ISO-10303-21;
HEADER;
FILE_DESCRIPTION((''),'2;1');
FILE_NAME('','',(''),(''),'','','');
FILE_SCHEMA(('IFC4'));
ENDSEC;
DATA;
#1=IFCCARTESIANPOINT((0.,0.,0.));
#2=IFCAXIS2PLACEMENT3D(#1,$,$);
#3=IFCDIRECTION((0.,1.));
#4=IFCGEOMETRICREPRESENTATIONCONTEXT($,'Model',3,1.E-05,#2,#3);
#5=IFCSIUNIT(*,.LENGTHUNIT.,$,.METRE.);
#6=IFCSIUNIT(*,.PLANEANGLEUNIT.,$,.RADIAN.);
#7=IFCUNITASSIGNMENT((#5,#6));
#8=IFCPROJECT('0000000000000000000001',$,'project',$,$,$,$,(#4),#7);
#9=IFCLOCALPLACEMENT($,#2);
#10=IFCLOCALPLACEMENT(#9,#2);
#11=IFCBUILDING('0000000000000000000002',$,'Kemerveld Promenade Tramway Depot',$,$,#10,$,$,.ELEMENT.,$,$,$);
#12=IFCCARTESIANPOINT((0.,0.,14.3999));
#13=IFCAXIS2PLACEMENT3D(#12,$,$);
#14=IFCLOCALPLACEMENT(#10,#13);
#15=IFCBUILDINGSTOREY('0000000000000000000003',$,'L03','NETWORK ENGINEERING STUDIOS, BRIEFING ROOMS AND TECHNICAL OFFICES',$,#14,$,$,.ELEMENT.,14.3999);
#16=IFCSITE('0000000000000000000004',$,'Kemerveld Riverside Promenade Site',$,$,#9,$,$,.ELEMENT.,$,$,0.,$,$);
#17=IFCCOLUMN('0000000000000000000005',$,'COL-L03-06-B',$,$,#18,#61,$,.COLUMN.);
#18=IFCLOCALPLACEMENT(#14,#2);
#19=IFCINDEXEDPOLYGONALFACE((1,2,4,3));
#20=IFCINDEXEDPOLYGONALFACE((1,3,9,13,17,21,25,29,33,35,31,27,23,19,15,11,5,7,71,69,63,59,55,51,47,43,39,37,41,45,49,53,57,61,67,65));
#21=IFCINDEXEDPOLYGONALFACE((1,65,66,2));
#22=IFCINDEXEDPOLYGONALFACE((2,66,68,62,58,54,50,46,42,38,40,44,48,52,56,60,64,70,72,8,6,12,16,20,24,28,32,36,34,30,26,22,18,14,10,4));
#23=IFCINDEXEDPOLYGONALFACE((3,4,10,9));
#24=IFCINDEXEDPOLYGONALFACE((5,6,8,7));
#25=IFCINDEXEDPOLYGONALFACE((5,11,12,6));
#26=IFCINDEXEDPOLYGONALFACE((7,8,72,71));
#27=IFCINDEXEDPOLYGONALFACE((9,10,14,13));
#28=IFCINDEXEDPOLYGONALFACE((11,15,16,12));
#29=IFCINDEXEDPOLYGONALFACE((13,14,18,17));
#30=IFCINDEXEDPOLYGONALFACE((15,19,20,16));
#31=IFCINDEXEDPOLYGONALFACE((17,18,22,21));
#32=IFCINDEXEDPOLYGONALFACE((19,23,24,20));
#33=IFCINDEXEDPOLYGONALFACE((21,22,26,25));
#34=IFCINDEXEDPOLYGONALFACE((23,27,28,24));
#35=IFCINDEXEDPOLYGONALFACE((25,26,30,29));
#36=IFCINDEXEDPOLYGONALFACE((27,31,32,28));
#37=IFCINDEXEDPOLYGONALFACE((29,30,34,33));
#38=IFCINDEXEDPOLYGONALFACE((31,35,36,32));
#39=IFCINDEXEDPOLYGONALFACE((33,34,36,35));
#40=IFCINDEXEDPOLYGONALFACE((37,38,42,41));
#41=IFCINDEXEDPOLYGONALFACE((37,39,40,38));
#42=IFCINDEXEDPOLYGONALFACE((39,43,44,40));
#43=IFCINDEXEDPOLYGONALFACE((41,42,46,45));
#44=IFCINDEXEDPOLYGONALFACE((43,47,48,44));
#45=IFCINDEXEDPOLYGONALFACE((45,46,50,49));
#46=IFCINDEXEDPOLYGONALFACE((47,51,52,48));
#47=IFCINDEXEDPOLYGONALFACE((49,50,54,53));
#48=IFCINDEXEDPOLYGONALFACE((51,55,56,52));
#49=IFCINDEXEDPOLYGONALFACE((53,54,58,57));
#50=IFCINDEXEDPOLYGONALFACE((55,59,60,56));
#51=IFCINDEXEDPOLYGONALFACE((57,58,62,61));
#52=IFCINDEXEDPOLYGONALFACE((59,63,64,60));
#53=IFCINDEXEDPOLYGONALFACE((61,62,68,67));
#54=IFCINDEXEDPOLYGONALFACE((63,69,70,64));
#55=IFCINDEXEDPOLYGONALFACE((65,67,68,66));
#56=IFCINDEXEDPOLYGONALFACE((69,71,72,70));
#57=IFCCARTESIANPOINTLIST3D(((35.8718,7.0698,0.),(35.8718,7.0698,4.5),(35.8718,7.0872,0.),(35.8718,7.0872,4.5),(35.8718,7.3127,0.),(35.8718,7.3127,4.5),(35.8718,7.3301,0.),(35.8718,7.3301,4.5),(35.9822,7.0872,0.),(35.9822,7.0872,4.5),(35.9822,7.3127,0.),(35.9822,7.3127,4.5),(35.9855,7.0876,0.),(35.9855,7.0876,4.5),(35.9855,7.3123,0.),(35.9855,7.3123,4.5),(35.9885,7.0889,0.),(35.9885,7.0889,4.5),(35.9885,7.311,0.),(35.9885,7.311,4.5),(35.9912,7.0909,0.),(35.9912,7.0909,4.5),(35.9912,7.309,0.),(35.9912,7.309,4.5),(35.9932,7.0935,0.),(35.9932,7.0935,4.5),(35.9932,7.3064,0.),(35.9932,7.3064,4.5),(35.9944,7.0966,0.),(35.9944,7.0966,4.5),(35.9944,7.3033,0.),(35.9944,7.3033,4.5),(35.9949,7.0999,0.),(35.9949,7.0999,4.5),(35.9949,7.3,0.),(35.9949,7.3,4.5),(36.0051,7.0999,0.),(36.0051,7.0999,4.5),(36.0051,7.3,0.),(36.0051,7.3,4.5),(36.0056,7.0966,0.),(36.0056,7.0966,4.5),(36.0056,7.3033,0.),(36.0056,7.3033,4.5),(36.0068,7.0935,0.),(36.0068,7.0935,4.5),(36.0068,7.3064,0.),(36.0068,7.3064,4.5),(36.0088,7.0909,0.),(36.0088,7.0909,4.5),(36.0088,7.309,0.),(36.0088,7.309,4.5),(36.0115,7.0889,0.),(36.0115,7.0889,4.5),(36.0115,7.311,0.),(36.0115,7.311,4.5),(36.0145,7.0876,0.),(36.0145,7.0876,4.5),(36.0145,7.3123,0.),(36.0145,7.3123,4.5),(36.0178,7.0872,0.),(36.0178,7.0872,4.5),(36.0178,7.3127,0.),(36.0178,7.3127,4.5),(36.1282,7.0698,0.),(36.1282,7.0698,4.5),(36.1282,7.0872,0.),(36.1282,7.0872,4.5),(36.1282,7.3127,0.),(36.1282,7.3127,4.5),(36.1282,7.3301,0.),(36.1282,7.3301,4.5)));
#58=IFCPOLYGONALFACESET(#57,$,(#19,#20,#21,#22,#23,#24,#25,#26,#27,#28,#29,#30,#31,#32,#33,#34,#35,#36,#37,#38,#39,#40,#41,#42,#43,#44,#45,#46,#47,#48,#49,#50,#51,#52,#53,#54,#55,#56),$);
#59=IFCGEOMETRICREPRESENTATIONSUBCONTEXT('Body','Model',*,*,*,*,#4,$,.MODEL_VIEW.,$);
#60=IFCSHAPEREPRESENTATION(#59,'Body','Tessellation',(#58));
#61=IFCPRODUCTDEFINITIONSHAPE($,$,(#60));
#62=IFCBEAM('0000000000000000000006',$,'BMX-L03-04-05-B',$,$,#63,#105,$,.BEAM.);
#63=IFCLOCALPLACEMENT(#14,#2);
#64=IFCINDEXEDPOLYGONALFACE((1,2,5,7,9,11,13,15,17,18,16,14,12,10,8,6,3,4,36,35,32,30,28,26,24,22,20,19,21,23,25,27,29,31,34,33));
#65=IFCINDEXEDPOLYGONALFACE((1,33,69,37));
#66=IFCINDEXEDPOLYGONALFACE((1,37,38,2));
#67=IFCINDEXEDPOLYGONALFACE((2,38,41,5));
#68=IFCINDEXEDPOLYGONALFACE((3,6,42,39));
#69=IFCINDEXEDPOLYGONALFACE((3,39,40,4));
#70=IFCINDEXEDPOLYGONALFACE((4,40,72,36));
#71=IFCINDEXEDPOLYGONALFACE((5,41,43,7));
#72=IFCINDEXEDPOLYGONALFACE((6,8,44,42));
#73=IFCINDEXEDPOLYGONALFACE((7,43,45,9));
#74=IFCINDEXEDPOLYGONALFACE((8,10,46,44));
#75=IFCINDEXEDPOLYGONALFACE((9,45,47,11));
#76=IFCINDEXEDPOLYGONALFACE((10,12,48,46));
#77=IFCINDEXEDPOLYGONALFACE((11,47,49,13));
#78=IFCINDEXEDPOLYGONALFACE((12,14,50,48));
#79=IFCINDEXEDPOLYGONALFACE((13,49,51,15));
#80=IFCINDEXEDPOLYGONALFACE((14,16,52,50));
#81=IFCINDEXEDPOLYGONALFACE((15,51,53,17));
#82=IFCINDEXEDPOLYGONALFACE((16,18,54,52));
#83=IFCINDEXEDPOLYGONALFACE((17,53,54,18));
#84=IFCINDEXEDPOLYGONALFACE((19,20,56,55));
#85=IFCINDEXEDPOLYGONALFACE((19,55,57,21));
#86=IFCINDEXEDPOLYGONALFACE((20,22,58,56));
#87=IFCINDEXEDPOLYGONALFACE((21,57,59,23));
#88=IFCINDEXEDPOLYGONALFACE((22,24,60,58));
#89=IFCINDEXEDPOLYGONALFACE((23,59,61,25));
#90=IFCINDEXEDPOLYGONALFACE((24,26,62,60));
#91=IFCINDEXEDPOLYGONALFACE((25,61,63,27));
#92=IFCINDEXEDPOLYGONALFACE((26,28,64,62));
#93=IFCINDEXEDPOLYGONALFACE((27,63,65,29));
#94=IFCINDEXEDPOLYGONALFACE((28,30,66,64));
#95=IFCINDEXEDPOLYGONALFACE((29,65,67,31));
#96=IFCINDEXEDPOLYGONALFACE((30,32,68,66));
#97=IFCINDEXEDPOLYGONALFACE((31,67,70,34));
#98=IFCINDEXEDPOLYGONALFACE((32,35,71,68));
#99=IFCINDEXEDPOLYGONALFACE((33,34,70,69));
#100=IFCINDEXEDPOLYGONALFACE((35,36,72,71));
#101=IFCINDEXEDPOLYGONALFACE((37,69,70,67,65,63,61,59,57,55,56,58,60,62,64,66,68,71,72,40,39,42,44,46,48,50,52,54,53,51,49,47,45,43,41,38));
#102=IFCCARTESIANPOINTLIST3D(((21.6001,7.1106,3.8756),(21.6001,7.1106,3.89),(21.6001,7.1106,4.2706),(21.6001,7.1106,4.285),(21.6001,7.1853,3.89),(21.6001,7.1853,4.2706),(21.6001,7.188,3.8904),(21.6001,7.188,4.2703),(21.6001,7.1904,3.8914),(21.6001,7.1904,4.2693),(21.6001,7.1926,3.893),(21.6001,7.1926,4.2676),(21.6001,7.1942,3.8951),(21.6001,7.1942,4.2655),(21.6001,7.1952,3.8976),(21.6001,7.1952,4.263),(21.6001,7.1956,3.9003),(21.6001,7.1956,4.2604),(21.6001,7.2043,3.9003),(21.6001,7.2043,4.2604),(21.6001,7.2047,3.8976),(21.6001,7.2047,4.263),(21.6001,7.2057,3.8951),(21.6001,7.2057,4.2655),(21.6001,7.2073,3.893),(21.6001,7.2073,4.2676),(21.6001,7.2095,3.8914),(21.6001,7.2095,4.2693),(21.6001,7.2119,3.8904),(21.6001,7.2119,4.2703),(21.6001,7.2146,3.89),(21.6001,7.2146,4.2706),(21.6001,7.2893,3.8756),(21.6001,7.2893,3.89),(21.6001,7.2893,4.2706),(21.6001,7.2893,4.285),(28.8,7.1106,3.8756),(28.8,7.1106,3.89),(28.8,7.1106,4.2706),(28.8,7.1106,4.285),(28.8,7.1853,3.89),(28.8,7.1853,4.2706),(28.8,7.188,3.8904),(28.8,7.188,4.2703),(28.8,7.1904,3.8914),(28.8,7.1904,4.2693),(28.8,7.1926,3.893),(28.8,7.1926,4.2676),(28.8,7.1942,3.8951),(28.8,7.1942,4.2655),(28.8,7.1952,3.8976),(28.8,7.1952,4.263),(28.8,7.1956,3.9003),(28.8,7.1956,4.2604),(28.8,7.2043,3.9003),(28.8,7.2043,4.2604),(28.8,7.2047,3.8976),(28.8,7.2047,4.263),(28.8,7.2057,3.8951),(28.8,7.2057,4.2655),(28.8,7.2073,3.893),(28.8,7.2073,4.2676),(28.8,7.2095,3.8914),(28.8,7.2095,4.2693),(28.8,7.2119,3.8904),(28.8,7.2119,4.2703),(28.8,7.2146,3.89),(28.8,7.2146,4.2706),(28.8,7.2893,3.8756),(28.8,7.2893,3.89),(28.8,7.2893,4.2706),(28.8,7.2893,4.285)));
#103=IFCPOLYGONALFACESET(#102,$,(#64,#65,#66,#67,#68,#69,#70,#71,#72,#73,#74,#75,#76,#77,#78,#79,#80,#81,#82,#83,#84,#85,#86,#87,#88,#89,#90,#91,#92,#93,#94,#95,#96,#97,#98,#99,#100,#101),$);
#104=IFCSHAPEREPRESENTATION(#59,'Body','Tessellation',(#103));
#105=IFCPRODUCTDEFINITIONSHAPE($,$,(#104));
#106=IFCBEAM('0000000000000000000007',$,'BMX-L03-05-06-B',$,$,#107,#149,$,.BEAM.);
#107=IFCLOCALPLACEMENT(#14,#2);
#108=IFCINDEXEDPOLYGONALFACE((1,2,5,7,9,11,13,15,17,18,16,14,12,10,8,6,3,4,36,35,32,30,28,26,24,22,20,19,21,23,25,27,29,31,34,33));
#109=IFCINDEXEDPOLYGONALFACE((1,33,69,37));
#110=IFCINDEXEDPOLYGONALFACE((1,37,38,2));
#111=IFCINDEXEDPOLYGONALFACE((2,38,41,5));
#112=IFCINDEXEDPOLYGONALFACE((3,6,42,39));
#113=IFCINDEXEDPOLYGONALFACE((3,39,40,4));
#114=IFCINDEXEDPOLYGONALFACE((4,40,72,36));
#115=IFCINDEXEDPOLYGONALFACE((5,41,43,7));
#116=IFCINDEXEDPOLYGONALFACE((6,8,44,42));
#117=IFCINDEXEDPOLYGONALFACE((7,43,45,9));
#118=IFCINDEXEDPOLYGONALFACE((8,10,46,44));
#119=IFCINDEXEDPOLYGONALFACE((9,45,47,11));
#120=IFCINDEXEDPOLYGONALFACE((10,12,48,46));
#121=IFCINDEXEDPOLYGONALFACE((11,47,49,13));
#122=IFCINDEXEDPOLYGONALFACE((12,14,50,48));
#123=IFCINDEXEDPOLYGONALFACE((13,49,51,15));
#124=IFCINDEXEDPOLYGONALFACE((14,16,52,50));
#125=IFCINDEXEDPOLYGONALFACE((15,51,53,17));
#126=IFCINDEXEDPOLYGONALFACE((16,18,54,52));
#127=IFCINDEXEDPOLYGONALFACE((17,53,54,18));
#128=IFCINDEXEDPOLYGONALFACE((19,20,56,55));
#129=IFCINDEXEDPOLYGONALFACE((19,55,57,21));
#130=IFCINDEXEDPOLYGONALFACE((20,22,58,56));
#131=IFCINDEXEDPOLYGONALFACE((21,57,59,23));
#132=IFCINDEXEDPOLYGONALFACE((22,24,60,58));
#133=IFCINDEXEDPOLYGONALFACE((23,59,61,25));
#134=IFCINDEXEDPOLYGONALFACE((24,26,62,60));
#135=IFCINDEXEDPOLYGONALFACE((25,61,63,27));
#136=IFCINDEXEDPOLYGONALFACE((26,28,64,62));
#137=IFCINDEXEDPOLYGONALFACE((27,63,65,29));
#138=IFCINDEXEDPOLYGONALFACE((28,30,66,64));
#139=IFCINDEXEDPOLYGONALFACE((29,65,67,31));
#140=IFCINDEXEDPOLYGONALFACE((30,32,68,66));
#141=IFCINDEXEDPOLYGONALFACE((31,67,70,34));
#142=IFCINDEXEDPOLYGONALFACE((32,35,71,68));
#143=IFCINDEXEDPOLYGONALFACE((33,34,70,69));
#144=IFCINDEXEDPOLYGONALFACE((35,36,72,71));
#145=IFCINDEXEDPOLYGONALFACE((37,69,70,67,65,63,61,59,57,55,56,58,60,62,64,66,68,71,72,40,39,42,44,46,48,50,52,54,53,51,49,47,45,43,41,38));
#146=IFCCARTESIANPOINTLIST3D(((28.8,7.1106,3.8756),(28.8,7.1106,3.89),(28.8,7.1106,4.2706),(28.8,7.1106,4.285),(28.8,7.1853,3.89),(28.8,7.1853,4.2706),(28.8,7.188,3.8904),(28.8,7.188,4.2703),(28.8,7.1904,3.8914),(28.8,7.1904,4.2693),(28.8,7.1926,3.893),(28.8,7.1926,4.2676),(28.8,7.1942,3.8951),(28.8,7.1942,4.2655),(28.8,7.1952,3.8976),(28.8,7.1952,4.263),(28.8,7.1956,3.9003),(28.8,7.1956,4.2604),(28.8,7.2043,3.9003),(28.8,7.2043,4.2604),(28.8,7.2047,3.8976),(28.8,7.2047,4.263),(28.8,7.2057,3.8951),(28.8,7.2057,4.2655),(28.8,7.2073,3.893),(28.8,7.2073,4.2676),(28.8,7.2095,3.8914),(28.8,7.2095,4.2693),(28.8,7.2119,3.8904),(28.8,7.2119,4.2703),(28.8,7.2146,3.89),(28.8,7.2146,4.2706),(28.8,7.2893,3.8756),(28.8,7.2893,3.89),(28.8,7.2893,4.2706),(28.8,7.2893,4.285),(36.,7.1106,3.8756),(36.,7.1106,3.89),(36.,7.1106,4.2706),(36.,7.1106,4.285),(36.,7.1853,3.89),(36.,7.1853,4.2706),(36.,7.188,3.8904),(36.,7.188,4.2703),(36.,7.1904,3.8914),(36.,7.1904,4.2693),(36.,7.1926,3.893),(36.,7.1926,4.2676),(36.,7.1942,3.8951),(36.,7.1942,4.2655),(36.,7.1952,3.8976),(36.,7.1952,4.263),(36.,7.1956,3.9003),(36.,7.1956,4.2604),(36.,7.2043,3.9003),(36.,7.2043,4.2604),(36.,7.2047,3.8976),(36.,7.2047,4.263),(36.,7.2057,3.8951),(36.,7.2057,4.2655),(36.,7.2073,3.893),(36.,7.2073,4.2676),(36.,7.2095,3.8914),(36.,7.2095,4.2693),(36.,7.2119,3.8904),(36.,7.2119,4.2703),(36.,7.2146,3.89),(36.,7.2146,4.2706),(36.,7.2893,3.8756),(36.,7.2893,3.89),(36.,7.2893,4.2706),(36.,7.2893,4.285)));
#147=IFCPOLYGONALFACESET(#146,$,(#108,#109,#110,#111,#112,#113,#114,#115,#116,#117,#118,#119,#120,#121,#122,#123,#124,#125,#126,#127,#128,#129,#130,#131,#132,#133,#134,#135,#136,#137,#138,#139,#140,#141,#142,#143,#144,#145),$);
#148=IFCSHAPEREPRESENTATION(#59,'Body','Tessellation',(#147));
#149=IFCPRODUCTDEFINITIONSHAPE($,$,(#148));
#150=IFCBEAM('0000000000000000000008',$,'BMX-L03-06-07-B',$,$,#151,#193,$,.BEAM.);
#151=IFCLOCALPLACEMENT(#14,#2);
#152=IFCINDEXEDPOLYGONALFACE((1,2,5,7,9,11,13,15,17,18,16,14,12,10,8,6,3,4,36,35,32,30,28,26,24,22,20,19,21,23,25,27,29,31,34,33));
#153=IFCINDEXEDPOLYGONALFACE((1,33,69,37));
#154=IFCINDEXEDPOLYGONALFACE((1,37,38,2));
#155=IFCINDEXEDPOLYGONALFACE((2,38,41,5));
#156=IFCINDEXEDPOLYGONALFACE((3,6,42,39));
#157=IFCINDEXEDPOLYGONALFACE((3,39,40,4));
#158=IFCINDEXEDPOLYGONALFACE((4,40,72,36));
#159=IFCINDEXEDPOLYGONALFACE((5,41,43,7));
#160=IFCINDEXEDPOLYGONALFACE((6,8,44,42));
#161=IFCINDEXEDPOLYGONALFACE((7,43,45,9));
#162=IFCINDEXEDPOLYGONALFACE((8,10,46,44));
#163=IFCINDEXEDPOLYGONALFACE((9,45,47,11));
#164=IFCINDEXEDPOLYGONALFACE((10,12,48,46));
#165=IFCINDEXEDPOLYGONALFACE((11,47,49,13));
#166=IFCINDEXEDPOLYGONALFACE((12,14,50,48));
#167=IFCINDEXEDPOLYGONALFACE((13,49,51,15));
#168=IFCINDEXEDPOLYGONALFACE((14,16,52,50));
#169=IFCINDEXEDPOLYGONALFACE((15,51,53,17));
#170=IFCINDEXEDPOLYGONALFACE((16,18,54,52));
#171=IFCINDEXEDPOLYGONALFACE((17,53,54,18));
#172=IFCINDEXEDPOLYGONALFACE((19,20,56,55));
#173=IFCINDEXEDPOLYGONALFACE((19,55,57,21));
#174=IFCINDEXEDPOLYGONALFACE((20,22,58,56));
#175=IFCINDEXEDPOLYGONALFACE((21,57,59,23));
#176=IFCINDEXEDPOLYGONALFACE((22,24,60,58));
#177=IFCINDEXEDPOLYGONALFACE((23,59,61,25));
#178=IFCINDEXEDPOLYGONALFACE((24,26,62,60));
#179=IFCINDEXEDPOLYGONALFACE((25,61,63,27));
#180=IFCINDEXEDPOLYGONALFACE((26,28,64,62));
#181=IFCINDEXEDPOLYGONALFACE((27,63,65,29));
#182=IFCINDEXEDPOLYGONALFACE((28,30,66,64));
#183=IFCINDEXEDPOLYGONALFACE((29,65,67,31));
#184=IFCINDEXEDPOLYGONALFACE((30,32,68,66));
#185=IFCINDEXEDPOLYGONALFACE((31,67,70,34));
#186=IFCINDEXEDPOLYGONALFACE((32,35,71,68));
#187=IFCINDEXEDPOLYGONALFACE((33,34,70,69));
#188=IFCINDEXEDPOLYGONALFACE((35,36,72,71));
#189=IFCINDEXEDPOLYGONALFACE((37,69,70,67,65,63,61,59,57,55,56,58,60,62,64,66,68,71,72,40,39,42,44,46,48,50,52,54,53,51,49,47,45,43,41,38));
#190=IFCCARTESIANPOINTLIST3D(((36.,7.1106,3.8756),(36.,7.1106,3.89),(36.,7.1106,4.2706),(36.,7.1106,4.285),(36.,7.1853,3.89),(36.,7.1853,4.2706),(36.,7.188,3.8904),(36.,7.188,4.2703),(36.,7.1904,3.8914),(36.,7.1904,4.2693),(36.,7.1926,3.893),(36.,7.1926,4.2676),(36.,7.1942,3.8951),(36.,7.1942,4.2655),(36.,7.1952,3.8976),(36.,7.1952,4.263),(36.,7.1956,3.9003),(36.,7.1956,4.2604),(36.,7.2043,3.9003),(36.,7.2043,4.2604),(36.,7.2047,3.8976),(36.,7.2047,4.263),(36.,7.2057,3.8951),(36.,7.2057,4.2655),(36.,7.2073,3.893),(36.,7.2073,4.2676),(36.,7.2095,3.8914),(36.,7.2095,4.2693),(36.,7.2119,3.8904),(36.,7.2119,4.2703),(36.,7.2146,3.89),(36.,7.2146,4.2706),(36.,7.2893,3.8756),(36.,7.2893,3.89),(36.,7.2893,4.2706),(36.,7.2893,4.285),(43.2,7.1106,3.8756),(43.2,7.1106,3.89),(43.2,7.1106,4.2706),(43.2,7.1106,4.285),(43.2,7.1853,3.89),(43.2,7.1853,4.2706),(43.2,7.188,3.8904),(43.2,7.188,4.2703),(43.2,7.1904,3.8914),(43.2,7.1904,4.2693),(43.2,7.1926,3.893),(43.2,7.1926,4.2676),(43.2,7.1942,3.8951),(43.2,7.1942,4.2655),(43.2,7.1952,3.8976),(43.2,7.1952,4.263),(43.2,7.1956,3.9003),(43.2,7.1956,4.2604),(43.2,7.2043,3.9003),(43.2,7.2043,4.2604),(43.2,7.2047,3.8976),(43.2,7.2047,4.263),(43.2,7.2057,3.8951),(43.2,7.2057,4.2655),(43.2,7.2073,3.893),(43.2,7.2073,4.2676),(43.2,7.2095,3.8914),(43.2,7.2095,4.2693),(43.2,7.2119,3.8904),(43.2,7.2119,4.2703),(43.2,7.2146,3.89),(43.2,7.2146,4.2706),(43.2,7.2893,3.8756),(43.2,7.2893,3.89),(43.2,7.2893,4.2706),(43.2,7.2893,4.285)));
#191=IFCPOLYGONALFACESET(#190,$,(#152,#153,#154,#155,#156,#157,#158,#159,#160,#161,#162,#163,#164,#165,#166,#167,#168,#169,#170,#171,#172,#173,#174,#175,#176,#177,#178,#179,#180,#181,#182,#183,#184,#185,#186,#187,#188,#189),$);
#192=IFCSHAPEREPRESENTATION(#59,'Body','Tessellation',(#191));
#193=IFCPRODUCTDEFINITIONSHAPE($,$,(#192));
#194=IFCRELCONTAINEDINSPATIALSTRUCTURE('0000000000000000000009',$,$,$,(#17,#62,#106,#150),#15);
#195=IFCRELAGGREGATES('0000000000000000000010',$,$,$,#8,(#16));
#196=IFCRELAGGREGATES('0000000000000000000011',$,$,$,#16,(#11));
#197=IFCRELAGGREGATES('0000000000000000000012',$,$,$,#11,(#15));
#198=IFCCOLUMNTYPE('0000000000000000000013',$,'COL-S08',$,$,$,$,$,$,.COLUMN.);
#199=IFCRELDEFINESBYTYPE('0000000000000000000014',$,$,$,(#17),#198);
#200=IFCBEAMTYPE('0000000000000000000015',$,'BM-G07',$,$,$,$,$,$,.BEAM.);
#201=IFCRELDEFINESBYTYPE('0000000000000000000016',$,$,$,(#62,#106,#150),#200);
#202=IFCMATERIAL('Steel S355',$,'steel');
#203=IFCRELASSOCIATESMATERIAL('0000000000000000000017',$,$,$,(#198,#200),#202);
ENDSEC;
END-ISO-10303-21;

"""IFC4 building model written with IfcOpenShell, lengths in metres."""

from ifc_helpers import new_model, si_unit, direction, frame, origin, origin_2d, place, context, subcontext, project, spatial, i_section, extrude, material, material_profile, profile_set, type_object, element, save


model = new_model("IFC4")

# Units and contexts
model_context = context("Model", 3, precision=1e-05, world=origin(), true_north=direction((0.0, 1.0)))
body_context = subcontext(model_context, "Body", "Model", "MODEL_VIEW")
ifc_project = project(units=[si_unit("LENGTHUNIT", "METRE"), si_unit("PLANEANGLEUNIT", "RADIAN")], contexts=[model_context])

# Site, building, storey
site_placement = place(None, origin())
site = spatial("IfcSite", under=ifc_project, at=site_placement, Name="Kemerveld Riverside Promenade Site", CompositionType="ELEMENT", RefElevation=0.0)
building_placement = place(site_placement, origin())
building = spatial("IfcBuilding", under=site, at=building_placement, Name="Kemerveld Promenade Tramway Depot", CompositionType="ELEMENT")
storey_placement = place(building_placement, frame((0.0, 0.0, 14.3999)))
storey = spatial("IfcBuildingStorey", under=building, at=storey_placement, Name="L03", Description="NETWORK ENGINEERING STUDIOS, BRIEFING ROOMS AND TECHNICAL OFFICES", CompositionType="ELEMENT", Elevation=14.3999)

# Column
ifc_material_1 = material(Name="Steel S355", Category="steel")
ifc_material_profile_1 = material_profile(ifc_material_1, i_section(OverallWidth=0.2563, OverallDepth=0.2603, WebThickness=0.0103, FlangeThickness=0.0173, FilletRadius=0.0127, at=origin_2d()), Name="254x254x89 UC")
ifc_profile_set_1 = profile_set([ifc_material_profile_1], Name="Steel S355")
column_type = type_object("IfcColumnType", Name="COL-S08", PredefinedType="COLUMN", material=ifc_profile_set_1)
for number, where, z_axis, x_axis, name in (
    (1, (36.0, 7.2, 0.0), (0.0, 0.0, 1.0), (1.0, 0.0, 0.0), "COL-L03-06-B"),
):
    element("IfcColumn", number, at=place(storey_placement, frame(where, z_axis=z_axis, x_axis=x_axis)), inside=storey, type_object=column_type, Name=name, PredefinedType="COLUMN", context=body_context, shape_type="SweptSolid", body=[
        extrude(i_section(OverallWidth=0.2563, OverallDepth=0.2603, WebThickness=0.0103, FlangeThickness=0.0173, FilletRadius=0.0127, at=origin_2d()), origin(), (0.0, 0.0, 1.0), 4.5),
    ])

# Beams
ifc_material_profile_2 = material_profile(ifc_material_1, i_section(OverallWidth=0.1787, OverallDepth=0.4094, WebThickness=0.0088, FlangeThickness=0.0144, FilletRadius=0.0103, at=origin_2d()), Name="406x178x67 UB")
ifc_profile_set_2 = profile_set([ifc_material_profile_2], Name="Steel S355")
beam_type_1 = type_object("IfcBeamType", Name="BM-G07", PredefinedType="BEAM", material=ifc_profile_set_2)
for number, where, z_axis, x_axis, name in (
    (2, (21.6001, 7.2, 4.0803), (1.0, 0.0, 0.0), (0.0, 1.0, 0.0), "BMX-L03-04-05-B"),
    (3, (28.8, 7.2, 4.0803), (1.0, 0.0, 0.0), (0.0, 1.0, 0.0), "BMX-L03-05-06-B"),
    (4, (36.0, 7.2, 4.0803), (1.0, 0.0, 0.0), (0.0, 1.0, 0.0), "BMX-L03-06-07-B"),
):
    element("IfcBeam", number, at=place(storey_placement, frame(where, z_axis=z_axis, x_axis=x_axis)), inside=storey, type_object=beam_type_1, Name=name, PredefinedType="BEAM", context=body_context, shape_type="SweptSolid", body=[
        extrude(i_section(OverallWidth=0.1787, OverallDepth=0.4094, WebThickness=0.0088, FlangeThickness=0.0144, FilletRadius=0.0103, at=origin_2d()), origin(), (0.0, 0.0, 1.0), 7.2),
    ])

save(model, "model.ifc")
